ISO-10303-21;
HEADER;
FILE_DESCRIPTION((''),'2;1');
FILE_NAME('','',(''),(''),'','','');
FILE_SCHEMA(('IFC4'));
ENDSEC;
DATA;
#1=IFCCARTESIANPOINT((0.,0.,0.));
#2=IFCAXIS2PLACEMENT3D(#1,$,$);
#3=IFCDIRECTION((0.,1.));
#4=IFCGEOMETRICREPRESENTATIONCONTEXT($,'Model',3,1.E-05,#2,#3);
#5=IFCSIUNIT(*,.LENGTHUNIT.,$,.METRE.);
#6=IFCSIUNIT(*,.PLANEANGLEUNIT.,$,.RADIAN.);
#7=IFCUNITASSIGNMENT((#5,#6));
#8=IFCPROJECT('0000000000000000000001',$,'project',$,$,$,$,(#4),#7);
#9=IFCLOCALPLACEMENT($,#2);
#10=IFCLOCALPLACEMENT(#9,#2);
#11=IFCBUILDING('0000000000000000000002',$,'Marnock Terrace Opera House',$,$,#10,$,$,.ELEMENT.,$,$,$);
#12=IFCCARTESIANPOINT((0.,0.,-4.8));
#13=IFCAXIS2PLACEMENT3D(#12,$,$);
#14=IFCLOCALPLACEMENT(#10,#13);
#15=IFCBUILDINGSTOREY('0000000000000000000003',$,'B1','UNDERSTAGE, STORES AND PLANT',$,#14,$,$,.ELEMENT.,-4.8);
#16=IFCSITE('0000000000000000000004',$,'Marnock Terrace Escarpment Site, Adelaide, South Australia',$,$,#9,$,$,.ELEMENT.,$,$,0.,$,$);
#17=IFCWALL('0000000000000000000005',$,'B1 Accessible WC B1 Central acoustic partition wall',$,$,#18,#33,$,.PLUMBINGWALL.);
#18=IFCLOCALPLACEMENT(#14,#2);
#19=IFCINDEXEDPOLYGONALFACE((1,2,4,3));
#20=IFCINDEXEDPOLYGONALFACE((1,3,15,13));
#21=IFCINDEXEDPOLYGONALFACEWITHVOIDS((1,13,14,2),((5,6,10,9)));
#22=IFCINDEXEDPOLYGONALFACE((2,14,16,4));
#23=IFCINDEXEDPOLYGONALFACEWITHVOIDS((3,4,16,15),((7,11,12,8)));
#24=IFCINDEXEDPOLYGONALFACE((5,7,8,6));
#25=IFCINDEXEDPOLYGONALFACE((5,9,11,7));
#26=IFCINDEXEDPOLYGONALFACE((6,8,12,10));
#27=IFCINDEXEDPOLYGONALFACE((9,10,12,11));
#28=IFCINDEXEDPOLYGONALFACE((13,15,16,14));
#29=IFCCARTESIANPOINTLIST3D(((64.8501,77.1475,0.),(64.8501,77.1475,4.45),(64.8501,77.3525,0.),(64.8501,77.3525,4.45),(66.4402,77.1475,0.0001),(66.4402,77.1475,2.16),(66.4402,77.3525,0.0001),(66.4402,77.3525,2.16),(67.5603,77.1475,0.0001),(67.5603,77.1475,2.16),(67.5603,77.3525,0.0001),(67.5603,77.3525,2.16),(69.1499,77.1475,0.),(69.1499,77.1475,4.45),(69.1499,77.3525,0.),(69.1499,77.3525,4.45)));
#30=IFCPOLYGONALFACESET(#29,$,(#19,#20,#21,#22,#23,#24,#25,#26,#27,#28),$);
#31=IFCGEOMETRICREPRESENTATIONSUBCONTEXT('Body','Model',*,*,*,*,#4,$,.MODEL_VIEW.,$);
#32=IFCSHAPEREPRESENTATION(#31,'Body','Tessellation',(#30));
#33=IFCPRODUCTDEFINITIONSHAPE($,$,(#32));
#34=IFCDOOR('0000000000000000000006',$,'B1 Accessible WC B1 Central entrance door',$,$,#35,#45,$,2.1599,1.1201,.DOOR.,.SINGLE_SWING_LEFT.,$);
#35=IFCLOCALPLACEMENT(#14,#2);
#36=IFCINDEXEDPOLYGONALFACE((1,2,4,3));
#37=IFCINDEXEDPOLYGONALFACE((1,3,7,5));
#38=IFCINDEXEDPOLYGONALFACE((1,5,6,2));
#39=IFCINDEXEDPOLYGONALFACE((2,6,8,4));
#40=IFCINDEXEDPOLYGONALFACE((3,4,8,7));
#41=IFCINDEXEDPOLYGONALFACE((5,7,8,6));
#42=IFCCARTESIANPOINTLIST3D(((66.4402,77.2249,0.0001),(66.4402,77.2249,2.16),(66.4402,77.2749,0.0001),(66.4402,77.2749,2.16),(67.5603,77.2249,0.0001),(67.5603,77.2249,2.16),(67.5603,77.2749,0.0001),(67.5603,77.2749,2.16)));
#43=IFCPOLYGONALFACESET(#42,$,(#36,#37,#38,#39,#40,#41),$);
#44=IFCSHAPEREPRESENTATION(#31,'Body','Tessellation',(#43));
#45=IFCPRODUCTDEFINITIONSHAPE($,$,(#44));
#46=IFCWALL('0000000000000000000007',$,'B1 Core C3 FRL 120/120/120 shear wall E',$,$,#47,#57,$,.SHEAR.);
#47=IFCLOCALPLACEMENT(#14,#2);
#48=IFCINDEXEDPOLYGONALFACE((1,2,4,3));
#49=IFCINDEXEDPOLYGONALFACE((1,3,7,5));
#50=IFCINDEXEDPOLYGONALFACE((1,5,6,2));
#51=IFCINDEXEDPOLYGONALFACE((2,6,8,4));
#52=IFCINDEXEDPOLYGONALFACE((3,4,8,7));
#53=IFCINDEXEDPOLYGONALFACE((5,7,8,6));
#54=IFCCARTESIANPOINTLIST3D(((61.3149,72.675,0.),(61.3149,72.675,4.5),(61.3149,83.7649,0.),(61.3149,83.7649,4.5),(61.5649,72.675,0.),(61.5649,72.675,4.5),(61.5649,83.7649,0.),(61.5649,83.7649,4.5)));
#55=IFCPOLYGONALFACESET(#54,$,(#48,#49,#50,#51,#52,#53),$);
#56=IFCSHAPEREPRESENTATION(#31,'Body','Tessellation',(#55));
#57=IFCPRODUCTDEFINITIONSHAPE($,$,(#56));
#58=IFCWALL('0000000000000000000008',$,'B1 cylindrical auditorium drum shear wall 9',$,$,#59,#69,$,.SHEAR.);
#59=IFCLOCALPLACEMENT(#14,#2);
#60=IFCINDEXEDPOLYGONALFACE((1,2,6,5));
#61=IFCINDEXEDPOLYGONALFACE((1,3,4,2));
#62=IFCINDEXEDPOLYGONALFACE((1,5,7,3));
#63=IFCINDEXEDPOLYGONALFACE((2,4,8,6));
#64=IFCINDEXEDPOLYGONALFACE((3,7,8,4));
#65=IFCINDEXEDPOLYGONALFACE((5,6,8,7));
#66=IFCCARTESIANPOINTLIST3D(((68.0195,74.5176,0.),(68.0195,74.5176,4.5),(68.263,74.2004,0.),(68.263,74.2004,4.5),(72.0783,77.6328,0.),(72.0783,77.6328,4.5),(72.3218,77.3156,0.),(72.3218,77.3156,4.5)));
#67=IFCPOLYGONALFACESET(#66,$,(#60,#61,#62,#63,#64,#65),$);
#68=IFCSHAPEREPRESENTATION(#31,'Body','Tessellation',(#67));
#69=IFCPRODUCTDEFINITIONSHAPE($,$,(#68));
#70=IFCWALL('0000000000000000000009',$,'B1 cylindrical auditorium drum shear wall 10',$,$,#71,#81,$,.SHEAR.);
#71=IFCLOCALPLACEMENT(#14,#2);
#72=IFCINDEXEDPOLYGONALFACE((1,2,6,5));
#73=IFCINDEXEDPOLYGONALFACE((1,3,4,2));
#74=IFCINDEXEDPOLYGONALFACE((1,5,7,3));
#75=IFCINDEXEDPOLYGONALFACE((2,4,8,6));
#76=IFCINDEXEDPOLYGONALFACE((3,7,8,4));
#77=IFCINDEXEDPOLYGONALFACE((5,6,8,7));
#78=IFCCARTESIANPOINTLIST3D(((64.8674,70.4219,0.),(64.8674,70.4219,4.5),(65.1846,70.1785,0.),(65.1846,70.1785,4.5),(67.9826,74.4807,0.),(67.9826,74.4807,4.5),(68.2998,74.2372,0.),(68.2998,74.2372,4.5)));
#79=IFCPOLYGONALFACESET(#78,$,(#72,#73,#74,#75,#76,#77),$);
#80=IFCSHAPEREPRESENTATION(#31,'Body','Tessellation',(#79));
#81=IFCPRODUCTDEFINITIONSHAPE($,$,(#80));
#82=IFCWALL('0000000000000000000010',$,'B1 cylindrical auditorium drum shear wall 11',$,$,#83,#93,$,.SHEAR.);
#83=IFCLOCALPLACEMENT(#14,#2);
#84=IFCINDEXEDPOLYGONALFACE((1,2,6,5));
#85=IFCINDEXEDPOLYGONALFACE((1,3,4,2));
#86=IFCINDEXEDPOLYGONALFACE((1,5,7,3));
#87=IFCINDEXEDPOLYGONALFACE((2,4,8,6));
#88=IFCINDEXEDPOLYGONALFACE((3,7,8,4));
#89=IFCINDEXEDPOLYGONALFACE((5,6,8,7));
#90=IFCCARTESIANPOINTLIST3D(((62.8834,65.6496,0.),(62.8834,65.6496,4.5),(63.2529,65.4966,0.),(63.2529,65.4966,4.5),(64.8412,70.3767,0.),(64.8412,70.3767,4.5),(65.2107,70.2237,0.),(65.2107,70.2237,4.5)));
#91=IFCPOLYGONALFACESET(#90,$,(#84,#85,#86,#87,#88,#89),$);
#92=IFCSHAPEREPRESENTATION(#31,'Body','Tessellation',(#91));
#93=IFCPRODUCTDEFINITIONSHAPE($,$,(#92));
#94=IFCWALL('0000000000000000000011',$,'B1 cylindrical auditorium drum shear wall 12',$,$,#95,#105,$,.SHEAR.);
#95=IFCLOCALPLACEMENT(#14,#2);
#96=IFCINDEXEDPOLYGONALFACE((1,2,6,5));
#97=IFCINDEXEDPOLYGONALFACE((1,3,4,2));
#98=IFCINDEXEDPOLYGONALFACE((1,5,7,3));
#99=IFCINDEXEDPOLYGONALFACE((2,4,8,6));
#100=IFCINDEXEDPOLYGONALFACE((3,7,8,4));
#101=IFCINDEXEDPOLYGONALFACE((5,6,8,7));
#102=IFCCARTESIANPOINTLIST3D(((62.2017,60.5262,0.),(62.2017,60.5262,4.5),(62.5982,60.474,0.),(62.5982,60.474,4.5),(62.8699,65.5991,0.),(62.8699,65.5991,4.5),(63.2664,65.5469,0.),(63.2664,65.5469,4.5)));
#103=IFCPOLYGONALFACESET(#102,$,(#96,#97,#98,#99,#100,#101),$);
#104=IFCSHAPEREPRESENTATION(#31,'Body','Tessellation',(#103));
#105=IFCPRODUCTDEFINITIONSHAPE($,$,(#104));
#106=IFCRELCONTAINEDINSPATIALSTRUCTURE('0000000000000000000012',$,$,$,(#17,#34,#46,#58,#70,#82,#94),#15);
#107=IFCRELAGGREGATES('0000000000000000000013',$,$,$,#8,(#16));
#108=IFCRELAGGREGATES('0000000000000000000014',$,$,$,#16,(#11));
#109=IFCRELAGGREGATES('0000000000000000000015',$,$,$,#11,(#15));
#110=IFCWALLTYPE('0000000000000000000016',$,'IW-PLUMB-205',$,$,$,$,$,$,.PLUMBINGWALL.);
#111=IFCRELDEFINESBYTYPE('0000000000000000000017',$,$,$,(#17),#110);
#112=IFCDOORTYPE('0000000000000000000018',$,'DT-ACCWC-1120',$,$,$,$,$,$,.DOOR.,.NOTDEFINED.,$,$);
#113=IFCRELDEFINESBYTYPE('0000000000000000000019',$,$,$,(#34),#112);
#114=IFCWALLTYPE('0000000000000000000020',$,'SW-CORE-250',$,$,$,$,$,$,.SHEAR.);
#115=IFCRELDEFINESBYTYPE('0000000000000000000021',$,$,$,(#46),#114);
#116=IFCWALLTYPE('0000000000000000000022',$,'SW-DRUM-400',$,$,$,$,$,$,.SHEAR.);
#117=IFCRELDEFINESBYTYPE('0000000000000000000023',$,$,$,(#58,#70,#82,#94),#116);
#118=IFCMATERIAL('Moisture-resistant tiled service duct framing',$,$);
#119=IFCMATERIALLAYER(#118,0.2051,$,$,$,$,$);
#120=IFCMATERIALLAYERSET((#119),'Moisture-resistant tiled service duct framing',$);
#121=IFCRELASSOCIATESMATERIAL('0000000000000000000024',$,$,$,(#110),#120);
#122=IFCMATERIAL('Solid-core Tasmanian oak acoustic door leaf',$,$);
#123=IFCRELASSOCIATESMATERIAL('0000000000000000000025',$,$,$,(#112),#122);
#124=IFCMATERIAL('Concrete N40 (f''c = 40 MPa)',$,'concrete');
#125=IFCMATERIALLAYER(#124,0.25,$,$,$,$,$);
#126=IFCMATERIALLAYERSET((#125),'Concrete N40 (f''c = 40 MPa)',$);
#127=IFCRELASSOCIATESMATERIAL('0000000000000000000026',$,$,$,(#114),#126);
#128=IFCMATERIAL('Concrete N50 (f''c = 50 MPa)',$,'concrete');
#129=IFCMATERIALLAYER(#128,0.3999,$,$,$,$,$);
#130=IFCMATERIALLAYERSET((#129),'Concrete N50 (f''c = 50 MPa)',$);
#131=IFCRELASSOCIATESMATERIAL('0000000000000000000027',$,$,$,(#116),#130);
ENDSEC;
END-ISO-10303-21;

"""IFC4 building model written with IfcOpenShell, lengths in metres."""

from ifc_helpers import new_model, si_unit, direction, frame, frame_2d, origin, place, context, subcontext, project, spatial, rectangle, extrude, material, layer, layer_set, type_object, element, fill, save


model = new_model("IFC4")

# Units and contexts
model_context = context("Model", 3, precision=1e-05, world=origin(), true_north=direction((0.0, 1.0)))
body_context = subcontext(model_context, "Body", "Model", "MODEL_VIEW")
ifc_project = project(units=[si_unit("LENGTHUNIT", "METRE"), si_unit("PLANEANGLEUNIT", "RADIAN")], contexts=[model_context])

# Site, building, storey
site_placement = place(None, origin())
site = spatial("IfcSite", under=ifc_project, at=site_placement, Name="Marnock Terrace Escarpment Site, Adelaide, South Australia", CompositionType="ELEMENT", RefElevation=0.0)
building_placement = place(site_placement, origin())
building = spatial("IfcBuilding", under=site, at=building_placement, Name="Marnock Terrace Opera House", CompositionType="ELEMENT")
storey_placement = place(building_placement, frame((0.0, 0.0, -4.8)))
storey = spatial("IfcBuildingStorey", under=building, at=storey_placement, Name="B1", Description="UNDERSTAGE, STORES AND PLANT", CompositionType="ELEMENT", Elevation=-4.8)

# Shared definitions
ifc_material_1 = material(Name="Concrete N40 (f'c = 40 MPa)", Category="concrete")

# Shared definitions
ifc_material_2 = material(Name="Concrete N50 (f'c = 50 MPa)", Category="concrete")

# Wall, opening, door
ifc_material_3 = material(Name="Moisture-resistant tiled service duct framing")
ifc_layer_1 = layer(ifc_material_3, 0.2051)
ifc_layer_set_1 = layer_set([ifc_layer_1], Name="Moisture-resistant tiled service duct framing")
wall_type_1 = type_object("IfcWallType", Name="IW-PLUMB-205", PredefinedType="PLUMBINGWALL", material=ifc_layer_set_1)
wall_1_placement = place(storey_placement, frame((64.8501, 77.25, 0.0), z_axis=(0.0, 0.0, 1.0), x_axis=(1.0, 0.0, 0.0)))
wall_1 = element("IfcWall", 1, at=wall_1_placement, inside=storey, type_object=wall_type_1, Name="B1 Accessible WC B1 Central acoustic partition wall", PredefinedType="PLUMBINGWALL", context=body_context, shape_type="SweptSolid", body=[
    extrude(rectangle(XDim=4.2998, YDim=0.2051, at=frame_2d((2.1499, 0.0))), origin(), (0.0, 0.0, 1.0), 4.45),
])
opening_1_placement = place(wall_1_placement, frame((1.5901, 0.0, 0.0)))
opening_1 = element("IfcOpeningElement", 2, at=opening_1_placement, cuts=wall_1, PredefinedType="OPENING", context=body_context, shape_type="SweptSolid", body=[
    extrude(rectangle(XDim=1.1201, YDim=2.1599, at=frame_2d((0.5601, 1.0801))), frame((0.0, 0.1125, 0.0), z_axis=(0.0, -1.0, 0.0), x_axis=(1.0, 0.0, 0.0)), (0.0, 0.0, 1.0), 0.2251),
])
ifc_material_4 = material(Name="Solid-core Tasmanian oak acoustic door leaf")
door_type_1 = type_object("IfcDoorType", Name="DT-ACCWC-1120", OperationType="NOTDEFINED", PredefinedType="DOOR", material=ifc_material_4)
door_1_placement = place(opening_1_placement, origin())
door_1 = element("IfcDoor", 3, at=door_1_placement, inside=storey, type_object=door_type_1, Name="B1 Accessible WC B1 Central entrance door", OperationType="SINGLE_SWING_LEFT", OverallHeight=2.1599, OverallWidth=1.1201, PredefinedType="DOOR", context=body_context, shape_type="SweptSolid", body=[
    extrude(rectangle(XDim=1.1201, YDim=2.1599, at=frame_2d((0.5601, 1.0801))), frame((0.0, 0.0249, 0.0), z_axis=(0.0, -1.0, 0.0), x_axis=(1.0, 0.0, 0.0)), (0.0, 0.0, 1.0), 0.05),
])
fill(opening_1, door_1)

# Walls
ifc_layer_2 = layer(ifc_material_1, 0.25)
ifc_layer_set_2 = layer_set([ifc_layer_2], Name="Concrete N40 (f'c = 40 MPa)")
wall_type_2 = type_object("IfcWallType", Name="SW-CORE-250", PredefinedType="SHEAR", material=ifc_layer_set_2)
wall_2_placement = place(storey_placement, frame((61.4399, 72.675, 0.0), z_axis=(0.0, 0.0, 1.0), x_axis=(0.0, 1.0, 0.0)))
element("IfcWall", 4, at=wall_2_placement, inside=storey, type_object=wall_type_2, Name="B1 Core C3 FRL 120/120/120 shear wall E", PredefinedType="SHEAR", context=body_context, shape_type="SweptSolid", body=[
    extrude(rectangle(XDim=11.0898, YDim=0.25, at=frame_2d((5.5449, 0.0))), origin(), (0.0, 0.0, 1.0), 4.5),
])
ifc_layer_3 = layer(ifc_material_2, 0.3999)
ifc_layer_set_3 = layer_set([ifc_layer_3], Name="Concrete N50 (f'c = 50 MPa)")
wall_type_3 = type_object("IfcWallType", Name="SW-DRUM-400", PredefinedType="SHEAR", material=ifc_layer_set_3)
for number, where, z_axis, x_axis, name in (
    (5, (72.2, 77.4741, 0.0), (0.0, 0.0, 1.0), (-0.79328, -0.608857, 0.0), "B1 cylindrical auditorium drum shear wall 9"),
    (6, (68.1411, 74.3589, 0.0), (0.0, 0.0, 1.0), (-0.608857, -0.79328, 0.0), "B1 cylindrical auditorium drum shear wall 10"),
    (7, (65.0259, 70.3, 0.0), (0.0, 0.0, 1.0), (-0.382643, -0.923896, 0.0), "B1 cylindrical auditorium drum shear wall 11"),
):
    element("IfcWall", number, at=place(storey_placement, frame(where, z_axis=z_axis, x_axis=x_axis)), inside=storey, type_object=wall_type_3, Name=name, PredefinedType="SHEAR", context=body_context, shape_type="SweptSolid", body=[
        extrude(rectangle(XDim=5.1165, YDim=0.3999, at=frame_2d((2.5581, 0.0))), origin(), (0.0, 0.0, 1.0), 4.5),
    ])
wall_3_placement = place(storey_placement, frame((63.0681, 65.573, 0.0), z_axis=(0.0, 0.0, 1.0), x_axis=(-0.130592, -0.991436, 0.0)))
element("IfcWall", 8, at=wall_3_placement, inside=storey, type_object=wall_type_3, Name="B1 cylindrical auditorium drum shear wall 12", PredefinedType="SHEAR", context=body_context, shape_type="SweptSolid", body=[
    extrude(rectangle(XDim=5.1167, YDim=0.3999, at=frame_2d((2.5583, 0.0))), origin(), (0.0, 0.0, 1.0), 4.5),
])

save(model, "model.ifc")
